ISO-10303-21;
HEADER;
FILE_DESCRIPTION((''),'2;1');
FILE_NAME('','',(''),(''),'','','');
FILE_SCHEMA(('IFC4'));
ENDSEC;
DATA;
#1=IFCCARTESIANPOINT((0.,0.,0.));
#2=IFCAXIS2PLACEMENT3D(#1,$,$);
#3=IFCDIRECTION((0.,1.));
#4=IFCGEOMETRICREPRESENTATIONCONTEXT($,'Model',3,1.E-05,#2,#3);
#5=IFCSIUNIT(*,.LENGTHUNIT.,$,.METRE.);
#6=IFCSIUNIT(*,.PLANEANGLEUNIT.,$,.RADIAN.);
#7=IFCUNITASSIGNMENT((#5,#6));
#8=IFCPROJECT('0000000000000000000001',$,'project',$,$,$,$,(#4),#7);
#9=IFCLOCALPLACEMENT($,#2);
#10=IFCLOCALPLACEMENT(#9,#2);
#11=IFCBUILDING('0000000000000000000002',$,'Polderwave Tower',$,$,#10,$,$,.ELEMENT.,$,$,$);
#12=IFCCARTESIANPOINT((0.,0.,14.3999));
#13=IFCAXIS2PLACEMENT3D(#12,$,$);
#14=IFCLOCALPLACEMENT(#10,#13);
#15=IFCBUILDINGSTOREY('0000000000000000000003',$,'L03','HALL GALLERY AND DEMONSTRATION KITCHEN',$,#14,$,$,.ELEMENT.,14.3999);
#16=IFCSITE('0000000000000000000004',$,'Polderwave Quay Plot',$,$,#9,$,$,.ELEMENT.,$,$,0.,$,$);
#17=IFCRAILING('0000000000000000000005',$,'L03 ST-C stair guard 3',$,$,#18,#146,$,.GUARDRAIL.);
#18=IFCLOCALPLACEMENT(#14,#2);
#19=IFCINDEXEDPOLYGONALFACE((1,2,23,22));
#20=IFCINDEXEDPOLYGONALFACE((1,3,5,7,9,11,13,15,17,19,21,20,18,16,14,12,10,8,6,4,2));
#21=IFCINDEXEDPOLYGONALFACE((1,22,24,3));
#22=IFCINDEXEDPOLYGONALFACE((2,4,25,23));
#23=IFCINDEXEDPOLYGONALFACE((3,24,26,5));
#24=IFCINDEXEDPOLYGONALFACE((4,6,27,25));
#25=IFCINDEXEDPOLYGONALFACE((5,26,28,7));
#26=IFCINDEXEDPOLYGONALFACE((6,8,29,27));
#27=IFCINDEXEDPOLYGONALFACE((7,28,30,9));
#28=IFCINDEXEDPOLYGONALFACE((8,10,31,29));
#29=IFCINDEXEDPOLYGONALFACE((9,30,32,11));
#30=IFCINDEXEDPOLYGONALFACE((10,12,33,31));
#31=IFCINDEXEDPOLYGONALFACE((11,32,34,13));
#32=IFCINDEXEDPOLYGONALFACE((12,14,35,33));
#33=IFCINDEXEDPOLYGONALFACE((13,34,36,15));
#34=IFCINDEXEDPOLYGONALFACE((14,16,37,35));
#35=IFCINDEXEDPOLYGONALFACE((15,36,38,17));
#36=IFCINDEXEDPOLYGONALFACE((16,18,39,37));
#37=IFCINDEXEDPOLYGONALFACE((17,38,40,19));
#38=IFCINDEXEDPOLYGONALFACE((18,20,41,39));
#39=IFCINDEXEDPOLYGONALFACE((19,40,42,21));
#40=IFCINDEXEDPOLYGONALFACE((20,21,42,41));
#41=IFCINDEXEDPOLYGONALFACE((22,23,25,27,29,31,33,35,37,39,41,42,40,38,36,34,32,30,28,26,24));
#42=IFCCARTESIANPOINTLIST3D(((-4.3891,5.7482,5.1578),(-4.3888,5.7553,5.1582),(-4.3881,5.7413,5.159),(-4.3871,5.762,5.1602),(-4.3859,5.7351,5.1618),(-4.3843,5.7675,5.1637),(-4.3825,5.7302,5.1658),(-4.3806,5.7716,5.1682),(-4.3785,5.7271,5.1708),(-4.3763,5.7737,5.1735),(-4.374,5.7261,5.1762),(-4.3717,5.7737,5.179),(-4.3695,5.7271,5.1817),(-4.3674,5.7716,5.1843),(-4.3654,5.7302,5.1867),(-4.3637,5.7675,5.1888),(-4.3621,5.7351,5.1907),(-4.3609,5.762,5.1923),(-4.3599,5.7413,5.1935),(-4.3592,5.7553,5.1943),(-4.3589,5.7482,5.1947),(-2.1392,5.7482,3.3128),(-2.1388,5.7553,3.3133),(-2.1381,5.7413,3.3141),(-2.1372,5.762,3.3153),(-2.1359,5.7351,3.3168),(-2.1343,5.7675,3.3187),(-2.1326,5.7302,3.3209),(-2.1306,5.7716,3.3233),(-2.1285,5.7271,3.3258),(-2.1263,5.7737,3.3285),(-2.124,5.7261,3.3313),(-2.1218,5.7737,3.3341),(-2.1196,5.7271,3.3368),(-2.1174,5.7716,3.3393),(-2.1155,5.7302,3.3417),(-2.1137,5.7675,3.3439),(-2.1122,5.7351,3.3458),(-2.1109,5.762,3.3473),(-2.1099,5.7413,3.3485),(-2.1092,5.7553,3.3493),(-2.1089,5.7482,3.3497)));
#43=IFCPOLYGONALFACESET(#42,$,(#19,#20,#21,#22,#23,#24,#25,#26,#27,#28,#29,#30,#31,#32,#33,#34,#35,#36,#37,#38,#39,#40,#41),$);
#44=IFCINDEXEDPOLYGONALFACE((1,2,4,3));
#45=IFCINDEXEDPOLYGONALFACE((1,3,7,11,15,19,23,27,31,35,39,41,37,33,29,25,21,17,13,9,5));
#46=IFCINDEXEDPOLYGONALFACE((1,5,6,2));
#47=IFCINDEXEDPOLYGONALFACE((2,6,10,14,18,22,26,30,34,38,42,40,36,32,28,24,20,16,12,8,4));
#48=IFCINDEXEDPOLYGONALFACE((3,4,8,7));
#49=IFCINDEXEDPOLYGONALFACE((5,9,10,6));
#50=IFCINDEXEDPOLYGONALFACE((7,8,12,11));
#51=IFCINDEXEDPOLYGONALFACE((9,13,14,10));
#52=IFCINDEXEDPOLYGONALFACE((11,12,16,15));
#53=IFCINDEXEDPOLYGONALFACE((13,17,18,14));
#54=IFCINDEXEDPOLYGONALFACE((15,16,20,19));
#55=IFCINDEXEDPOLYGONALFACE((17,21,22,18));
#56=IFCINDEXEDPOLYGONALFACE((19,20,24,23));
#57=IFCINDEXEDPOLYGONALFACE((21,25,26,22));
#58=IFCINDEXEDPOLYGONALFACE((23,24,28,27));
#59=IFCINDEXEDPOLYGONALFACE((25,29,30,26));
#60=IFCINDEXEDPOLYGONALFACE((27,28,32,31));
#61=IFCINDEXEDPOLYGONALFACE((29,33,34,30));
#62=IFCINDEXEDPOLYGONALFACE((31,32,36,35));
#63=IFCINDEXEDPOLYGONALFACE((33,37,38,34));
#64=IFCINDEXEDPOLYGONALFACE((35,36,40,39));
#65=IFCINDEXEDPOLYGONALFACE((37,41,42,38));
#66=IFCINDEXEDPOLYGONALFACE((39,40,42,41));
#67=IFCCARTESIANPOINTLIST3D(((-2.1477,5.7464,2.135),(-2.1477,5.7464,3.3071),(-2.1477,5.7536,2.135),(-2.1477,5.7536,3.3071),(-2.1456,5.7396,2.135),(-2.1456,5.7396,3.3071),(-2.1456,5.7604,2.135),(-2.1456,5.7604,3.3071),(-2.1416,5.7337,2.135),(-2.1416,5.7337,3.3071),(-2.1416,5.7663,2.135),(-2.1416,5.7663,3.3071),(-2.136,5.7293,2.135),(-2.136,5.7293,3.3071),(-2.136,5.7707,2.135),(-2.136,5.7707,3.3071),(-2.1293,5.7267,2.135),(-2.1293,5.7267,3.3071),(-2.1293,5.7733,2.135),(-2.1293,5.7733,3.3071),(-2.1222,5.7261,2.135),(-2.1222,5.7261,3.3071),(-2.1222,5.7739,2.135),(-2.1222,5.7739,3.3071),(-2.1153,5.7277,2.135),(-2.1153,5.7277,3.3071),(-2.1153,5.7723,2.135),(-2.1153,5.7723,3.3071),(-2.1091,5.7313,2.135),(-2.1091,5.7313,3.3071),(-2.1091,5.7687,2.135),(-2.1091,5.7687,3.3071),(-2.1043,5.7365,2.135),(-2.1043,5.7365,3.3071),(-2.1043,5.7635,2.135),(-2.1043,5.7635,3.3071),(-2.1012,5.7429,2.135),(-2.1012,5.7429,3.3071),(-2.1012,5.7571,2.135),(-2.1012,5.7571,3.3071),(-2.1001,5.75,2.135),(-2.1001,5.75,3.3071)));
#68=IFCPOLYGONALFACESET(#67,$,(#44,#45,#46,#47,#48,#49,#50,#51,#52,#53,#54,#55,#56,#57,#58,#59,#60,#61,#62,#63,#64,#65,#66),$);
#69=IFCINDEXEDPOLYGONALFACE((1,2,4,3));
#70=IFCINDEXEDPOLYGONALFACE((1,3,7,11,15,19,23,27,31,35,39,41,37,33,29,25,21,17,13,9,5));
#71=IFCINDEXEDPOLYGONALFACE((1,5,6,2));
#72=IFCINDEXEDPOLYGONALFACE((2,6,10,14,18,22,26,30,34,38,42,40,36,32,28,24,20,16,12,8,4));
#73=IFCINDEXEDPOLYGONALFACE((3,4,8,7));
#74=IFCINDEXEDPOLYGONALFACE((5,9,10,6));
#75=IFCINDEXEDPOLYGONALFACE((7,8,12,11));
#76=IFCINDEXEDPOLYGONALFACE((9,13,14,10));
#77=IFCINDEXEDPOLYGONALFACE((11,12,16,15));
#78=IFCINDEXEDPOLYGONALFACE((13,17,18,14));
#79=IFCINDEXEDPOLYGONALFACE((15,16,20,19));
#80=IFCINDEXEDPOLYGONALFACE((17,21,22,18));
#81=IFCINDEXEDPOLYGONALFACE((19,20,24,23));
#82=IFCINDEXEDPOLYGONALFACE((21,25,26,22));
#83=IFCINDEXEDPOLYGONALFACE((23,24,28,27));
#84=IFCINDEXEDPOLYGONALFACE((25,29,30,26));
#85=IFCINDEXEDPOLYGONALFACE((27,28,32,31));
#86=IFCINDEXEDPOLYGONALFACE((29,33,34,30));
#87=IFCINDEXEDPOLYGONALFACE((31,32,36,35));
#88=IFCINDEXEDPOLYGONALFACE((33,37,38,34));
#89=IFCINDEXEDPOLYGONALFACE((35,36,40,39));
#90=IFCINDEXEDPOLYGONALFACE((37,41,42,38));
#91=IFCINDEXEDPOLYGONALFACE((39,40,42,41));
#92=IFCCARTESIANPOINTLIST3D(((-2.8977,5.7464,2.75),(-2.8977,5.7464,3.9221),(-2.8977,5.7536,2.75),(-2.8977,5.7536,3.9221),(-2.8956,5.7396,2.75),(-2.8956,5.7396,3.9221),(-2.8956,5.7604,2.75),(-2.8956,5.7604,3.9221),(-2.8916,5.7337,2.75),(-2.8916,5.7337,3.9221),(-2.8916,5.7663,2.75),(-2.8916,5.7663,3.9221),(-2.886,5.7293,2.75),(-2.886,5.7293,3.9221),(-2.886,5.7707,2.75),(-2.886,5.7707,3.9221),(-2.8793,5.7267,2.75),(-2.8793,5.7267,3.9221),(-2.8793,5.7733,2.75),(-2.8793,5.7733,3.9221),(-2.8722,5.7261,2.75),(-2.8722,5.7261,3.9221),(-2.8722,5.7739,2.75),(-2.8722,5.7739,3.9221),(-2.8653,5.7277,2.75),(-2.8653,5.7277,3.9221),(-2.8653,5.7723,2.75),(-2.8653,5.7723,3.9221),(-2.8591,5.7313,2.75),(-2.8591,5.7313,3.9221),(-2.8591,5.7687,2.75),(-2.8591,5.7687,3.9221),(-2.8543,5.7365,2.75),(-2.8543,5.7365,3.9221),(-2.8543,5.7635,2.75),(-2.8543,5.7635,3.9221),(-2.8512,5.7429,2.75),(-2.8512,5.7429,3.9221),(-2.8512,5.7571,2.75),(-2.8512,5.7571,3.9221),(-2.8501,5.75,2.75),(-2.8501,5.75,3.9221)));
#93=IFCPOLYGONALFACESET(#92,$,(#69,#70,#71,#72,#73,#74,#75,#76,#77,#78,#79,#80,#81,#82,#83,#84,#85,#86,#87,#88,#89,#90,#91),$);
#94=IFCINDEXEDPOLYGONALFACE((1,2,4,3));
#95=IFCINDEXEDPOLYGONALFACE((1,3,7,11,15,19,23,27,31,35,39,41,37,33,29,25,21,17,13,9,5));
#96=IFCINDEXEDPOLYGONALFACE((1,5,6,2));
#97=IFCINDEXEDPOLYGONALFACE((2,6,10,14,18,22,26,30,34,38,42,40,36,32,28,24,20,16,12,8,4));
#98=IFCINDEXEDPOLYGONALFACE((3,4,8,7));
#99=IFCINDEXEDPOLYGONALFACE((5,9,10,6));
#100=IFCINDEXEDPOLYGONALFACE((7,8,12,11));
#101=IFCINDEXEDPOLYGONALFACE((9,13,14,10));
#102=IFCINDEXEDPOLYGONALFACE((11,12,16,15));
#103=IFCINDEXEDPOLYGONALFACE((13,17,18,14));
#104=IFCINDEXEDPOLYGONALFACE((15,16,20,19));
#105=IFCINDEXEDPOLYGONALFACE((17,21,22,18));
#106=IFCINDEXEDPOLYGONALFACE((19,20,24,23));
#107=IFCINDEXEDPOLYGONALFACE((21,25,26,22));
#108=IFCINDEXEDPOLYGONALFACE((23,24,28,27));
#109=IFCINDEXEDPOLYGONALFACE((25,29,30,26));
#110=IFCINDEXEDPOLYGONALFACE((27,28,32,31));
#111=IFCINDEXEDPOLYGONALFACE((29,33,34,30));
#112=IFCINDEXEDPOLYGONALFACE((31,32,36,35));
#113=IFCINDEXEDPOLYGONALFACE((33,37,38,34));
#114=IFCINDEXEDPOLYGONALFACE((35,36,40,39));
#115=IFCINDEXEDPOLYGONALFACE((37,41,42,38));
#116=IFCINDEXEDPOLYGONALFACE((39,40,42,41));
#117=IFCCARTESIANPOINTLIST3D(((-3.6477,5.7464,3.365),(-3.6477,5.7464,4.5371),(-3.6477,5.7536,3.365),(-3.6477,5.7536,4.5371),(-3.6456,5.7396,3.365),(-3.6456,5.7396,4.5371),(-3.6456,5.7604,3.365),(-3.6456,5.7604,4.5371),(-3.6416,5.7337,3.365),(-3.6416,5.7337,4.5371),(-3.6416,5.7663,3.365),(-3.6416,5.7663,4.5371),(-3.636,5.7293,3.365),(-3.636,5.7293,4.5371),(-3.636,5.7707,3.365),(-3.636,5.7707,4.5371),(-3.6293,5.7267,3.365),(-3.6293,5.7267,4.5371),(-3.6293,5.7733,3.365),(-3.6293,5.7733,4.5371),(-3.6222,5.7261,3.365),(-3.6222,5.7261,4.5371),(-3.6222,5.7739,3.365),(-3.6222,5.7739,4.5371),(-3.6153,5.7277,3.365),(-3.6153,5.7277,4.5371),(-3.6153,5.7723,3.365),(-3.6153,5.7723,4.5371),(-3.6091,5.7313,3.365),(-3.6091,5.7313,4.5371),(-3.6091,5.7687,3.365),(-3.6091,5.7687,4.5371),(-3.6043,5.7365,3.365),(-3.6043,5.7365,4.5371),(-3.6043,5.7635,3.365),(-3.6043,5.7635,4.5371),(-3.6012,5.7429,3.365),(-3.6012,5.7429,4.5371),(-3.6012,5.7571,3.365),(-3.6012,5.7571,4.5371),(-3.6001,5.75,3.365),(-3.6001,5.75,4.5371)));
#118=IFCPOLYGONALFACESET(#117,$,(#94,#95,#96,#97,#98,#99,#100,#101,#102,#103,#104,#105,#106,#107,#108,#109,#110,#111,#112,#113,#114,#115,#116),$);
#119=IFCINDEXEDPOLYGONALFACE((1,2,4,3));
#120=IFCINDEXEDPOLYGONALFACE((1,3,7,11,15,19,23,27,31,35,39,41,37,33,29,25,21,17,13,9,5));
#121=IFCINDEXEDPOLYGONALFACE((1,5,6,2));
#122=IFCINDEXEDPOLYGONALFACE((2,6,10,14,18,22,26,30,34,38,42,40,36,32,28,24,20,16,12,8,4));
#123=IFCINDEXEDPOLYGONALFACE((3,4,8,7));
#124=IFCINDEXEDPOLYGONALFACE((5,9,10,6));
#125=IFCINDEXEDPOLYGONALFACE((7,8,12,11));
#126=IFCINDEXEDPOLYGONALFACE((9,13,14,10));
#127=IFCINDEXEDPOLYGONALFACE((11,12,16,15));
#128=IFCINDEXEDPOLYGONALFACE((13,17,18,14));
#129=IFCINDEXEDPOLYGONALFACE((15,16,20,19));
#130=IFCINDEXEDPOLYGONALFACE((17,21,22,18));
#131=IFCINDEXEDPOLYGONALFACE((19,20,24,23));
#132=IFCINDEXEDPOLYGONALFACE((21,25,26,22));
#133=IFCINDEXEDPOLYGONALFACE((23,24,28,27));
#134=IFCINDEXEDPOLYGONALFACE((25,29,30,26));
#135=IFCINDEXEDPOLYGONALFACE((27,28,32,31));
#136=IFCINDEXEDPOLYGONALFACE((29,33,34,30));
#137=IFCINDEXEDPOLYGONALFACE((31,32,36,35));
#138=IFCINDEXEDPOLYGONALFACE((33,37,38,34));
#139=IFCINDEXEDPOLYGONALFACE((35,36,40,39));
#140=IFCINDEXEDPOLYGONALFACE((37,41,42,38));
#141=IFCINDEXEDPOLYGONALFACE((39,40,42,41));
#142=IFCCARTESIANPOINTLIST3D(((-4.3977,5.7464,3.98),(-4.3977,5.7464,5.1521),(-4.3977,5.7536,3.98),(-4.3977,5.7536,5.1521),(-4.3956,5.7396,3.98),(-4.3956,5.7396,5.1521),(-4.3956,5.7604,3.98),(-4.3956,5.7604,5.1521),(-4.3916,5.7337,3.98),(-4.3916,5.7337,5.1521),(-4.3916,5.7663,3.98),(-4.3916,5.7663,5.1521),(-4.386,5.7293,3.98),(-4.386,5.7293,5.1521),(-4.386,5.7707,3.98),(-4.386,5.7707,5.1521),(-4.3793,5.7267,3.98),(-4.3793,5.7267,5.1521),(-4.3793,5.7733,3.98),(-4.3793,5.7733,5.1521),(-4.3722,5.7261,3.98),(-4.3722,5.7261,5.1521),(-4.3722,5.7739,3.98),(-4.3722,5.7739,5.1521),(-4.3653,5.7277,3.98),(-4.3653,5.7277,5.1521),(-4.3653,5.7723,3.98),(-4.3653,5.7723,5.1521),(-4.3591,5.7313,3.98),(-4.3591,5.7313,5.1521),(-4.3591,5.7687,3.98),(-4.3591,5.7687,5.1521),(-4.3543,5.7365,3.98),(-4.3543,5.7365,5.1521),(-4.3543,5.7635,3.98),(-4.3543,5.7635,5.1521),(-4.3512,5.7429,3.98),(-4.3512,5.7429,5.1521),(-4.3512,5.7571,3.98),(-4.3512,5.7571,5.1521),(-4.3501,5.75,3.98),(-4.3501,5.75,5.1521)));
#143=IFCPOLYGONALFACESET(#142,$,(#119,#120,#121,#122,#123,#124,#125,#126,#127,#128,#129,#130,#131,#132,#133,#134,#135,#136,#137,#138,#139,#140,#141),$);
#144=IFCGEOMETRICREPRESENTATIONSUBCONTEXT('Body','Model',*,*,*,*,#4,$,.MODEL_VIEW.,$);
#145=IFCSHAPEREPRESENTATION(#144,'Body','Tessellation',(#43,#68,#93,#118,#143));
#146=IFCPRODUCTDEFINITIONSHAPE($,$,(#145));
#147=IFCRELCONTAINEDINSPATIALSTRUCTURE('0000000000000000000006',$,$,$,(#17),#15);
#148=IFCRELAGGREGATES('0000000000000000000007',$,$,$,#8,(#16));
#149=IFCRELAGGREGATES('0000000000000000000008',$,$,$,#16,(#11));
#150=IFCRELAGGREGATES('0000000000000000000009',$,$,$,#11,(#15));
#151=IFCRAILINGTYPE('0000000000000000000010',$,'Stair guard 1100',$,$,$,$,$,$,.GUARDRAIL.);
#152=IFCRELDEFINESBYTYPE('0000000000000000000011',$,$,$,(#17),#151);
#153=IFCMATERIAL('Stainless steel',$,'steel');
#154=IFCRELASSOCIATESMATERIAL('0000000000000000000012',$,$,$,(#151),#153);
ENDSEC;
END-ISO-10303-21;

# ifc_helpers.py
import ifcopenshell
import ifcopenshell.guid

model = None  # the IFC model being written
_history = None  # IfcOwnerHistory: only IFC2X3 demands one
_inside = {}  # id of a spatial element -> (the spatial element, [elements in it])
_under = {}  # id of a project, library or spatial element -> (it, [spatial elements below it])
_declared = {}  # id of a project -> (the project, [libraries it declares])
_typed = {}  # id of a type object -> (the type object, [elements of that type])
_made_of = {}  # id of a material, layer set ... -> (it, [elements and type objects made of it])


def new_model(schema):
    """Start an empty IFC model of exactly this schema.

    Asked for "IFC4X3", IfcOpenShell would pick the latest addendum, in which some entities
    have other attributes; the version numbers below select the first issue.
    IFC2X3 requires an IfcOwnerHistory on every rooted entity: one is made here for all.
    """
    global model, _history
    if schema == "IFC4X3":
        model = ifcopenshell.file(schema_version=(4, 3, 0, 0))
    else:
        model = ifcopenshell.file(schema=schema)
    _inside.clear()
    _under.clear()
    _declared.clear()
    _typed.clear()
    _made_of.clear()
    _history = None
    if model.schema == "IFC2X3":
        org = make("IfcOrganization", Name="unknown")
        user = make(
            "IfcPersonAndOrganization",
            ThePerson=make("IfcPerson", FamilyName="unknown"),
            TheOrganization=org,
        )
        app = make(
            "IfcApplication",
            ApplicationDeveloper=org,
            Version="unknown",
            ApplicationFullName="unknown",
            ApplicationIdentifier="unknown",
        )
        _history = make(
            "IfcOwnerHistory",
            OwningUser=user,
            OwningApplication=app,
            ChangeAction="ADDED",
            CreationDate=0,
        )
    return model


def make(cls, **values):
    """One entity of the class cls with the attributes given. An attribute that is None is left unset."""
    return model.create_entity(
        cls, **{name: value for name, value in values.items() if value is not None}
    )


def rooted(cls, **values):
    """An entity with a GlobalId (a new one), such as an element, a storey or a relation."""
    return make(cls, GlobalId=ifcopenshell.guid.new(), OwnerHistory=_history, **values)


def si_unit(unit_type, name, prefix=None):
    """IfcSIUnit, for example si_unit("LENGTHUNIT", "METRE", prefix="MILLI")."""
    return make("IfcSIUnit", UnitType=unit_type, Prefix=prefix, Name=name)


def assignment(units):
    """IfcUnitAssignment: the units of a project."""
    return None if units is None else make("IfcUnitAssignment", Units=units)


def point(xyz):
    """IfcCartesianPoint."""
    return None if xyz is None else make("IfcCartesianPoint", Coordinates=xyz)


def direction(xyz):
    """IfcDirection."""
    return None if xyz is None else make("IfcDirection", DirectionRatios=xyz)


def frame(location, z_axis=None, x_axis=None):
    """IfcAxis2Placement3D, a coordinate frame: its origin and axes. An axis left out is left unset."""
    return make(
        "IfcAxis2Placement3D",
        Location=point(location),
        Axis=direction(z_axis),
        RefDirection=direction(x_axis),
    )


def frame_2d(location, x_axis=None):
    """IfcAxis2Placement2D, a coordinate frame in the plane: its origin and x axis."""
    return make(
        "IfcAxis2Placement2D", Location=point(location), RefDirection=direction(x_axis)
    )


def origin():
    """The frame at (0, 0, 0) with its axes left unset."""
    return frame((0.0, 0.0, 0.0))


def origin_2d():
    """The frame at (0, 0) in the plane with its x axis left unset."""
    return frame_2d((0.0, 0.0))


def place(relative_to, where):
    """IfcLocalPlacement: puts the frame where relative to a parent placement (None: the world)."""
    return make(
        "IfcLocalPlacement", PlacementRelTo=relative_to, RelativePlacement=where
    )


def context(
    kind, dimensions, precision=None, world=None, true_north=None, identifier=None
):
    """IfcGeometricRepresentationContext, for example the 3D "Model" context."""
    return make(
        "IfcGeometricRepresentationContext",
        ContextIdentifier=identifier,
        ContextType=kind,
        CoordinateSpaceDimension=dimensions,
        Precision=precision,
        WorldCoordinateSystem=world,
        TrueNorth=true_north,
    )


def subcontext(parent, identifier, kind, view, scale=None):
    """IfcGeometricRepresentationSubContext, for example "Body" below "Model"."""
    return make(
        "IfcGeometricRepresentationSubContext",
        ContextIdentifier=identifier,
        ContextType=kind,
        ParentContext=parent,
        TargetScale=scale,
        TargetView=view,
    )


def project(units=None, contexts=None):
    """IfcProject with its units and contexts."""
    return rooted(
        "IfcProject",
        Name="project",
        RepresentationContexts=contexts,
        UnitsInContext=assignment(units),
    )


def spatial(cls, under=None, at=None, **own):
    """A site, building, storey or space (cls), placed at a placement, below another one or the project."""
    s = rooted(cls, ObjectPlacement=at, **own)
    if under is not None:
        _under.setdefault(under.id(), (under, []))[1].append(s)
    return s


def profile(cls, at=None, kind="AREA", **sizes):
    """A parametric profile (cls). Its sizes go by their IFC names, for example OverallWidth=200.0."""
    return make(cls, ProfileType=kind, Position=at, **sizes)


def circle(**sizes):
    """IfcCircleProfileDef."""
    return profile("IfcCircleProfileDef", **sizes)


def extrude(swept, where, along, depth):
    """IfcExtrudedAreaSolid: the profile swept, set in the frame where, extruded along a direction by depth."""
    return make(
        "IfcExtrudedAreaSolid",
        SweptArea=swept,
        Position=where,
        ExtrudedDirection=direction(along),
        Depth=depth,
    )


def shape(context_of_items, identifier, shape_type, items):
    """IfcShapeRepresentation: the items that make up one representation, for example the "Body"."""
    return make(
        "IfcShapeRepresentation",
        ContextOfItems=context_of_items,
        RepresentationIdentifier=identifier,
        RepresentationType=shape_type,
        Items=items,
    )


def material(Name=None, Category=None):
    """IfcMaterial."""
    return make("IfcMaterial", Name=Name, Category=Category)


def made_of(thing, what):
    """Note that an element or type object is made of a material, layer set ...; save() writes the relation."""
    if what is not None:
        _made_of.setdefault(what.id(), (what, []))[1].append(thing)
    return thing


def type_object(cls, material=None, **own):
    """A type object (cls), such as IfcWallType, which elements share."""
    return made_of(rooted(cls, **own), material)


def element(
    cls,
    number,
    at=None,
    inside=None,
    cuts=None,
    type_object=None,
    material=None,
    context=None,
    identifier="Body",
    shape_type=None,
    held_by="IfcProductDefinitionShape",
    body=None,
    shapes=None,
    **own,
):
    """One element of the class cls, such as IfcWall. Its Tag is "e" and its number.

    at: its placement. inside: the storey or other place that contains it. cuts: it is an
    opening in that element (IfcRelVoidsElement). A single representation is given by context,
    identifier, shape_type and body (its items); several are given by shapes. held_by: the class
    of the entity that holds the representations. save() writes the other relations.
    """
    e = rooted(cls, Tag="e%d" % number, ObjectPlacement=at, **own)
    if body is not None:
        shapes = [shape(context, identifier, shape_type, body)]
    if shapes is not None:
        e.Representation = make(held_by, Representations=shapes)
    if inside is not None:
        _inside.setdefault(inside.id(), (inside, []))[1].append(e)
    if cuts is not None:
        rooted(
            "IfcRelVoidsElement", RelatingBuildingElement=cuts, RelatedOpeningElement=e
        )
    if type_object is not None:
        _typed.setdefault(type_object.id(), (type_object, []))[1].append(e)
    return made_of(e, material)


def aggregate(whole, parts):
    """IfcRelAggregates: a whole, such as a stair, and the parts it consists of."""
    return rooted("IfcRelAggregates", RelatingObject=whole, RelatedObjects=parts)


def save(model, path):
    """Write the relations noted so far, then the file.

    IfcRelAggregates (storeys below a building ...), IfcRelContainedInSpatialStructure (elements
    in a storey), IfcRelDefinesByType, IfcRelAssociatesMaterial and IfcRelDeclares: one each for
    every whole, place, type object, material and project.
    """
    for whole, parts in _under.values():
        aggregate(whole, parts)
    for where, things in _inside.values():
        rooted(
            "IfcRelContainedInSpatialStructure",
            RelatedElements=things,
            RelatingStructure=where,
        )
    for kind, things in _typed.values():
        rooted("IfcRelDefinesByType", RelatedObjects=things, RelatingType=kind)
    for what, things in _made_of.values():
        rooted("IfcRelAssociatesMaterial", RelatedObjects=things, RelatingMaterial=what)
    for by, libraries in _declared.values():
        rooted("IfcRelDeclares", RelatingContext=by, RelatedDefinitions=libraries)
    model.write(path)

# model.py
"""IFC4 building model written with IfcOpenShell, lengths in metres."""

from ifc_helpers import new_model, si_unit, direction, frame, origin, origin_2d, place, context, subcontext, project, spatial, circle, extrude, material, type_object, element, save


model = new_model("IFC4")

# Units and contexts
model_context = context("Model", 3, precision=1e-05, world=origin(), true_north=direction((0.0, 1.0)))
body_context = subcontext(model_context, "Body", "Model", "MODEL_VIEW")
ifc_project = project(units=[si_unit("LENGTHUNIT", "METRE"), si_unit("PLANEANGLEUNIT", "RADIAN")], contexts=[model_context])

# Site, building, storey
site_placement = place(None, origin())
site = spatial("IfcSite", under=ifc_project, at=site_placement, Name="Polderwave Quay Plot", CompositionType="ELEMENT", RefElevation=0.0)
building_placement = place(site_placement, origin())
building = spatial("IfcBuilding", under=site, at=building_placement, Name="Polderwave Tower", CompositionType="ELEMENT")
storey_placement = place(building_placement, frame((0.0, 0.0, 14.3999)))
storey = spatial("IfcBuildingStorey", under=building, at=storey_placement, Name="L03", Description="HALL GALLERY AND DEMONSTRATION KITCHEN", CompositionType="ELEMENT", Elevation=14.3999)

# Railing
ifc_material_1 = material(Name="Stainless steel", Category="steel")
railing_type_1 = type_object("IfcRailingType", Name="Stair guard 1100", PredefinedType="GUARDRAIL", material=ifc_material_1)
railing_1_placement = place(storey_placement, frame((-2.124, 5.75, 2.135)))
element("IfcRailing", 1, at=railing_1_placement, inside=storey, type_object=railing_type_1, Name="L03 ST-C stair guard 3", PredefinedType="GUARDRAIL", context=body_context, shape_type="SweptSolid", body=[
    extrude(circle(Radius=0.0239, at=origin_2d()), frame((0.0, 0.0, 1.1963), z_axis=(-0.773273, 0.0, 0.634074), x_axis=(0.0, -1.0, 0.0)), (0.0, 0.0, 1.0), 2.9097),
    extrude(circle(Radius=0.0239, at=origin_2d()), origin(), (0.0, 0.0, 1.0), 1.1721),
    extrude(circle(Radius=0.0239, at=origin_2d()), frame((-0.75, 0.0, 0.615)), (0.0, 0.0, 1.0), 1.1721),
    extrude(circle(Radius=0.0239, at=origin_2d()), frame((-1.5, 0.0, 1.23)), (0.0, 0.0, 1.0), 1.1721),
    extrude(circle(Radius=0.0239, at=origin_2d()), frame((-2.25, 0.0, 1.845)), (0.0, 0.0, 1.0), 1.1721),
])

save(model, "model.ifc")
